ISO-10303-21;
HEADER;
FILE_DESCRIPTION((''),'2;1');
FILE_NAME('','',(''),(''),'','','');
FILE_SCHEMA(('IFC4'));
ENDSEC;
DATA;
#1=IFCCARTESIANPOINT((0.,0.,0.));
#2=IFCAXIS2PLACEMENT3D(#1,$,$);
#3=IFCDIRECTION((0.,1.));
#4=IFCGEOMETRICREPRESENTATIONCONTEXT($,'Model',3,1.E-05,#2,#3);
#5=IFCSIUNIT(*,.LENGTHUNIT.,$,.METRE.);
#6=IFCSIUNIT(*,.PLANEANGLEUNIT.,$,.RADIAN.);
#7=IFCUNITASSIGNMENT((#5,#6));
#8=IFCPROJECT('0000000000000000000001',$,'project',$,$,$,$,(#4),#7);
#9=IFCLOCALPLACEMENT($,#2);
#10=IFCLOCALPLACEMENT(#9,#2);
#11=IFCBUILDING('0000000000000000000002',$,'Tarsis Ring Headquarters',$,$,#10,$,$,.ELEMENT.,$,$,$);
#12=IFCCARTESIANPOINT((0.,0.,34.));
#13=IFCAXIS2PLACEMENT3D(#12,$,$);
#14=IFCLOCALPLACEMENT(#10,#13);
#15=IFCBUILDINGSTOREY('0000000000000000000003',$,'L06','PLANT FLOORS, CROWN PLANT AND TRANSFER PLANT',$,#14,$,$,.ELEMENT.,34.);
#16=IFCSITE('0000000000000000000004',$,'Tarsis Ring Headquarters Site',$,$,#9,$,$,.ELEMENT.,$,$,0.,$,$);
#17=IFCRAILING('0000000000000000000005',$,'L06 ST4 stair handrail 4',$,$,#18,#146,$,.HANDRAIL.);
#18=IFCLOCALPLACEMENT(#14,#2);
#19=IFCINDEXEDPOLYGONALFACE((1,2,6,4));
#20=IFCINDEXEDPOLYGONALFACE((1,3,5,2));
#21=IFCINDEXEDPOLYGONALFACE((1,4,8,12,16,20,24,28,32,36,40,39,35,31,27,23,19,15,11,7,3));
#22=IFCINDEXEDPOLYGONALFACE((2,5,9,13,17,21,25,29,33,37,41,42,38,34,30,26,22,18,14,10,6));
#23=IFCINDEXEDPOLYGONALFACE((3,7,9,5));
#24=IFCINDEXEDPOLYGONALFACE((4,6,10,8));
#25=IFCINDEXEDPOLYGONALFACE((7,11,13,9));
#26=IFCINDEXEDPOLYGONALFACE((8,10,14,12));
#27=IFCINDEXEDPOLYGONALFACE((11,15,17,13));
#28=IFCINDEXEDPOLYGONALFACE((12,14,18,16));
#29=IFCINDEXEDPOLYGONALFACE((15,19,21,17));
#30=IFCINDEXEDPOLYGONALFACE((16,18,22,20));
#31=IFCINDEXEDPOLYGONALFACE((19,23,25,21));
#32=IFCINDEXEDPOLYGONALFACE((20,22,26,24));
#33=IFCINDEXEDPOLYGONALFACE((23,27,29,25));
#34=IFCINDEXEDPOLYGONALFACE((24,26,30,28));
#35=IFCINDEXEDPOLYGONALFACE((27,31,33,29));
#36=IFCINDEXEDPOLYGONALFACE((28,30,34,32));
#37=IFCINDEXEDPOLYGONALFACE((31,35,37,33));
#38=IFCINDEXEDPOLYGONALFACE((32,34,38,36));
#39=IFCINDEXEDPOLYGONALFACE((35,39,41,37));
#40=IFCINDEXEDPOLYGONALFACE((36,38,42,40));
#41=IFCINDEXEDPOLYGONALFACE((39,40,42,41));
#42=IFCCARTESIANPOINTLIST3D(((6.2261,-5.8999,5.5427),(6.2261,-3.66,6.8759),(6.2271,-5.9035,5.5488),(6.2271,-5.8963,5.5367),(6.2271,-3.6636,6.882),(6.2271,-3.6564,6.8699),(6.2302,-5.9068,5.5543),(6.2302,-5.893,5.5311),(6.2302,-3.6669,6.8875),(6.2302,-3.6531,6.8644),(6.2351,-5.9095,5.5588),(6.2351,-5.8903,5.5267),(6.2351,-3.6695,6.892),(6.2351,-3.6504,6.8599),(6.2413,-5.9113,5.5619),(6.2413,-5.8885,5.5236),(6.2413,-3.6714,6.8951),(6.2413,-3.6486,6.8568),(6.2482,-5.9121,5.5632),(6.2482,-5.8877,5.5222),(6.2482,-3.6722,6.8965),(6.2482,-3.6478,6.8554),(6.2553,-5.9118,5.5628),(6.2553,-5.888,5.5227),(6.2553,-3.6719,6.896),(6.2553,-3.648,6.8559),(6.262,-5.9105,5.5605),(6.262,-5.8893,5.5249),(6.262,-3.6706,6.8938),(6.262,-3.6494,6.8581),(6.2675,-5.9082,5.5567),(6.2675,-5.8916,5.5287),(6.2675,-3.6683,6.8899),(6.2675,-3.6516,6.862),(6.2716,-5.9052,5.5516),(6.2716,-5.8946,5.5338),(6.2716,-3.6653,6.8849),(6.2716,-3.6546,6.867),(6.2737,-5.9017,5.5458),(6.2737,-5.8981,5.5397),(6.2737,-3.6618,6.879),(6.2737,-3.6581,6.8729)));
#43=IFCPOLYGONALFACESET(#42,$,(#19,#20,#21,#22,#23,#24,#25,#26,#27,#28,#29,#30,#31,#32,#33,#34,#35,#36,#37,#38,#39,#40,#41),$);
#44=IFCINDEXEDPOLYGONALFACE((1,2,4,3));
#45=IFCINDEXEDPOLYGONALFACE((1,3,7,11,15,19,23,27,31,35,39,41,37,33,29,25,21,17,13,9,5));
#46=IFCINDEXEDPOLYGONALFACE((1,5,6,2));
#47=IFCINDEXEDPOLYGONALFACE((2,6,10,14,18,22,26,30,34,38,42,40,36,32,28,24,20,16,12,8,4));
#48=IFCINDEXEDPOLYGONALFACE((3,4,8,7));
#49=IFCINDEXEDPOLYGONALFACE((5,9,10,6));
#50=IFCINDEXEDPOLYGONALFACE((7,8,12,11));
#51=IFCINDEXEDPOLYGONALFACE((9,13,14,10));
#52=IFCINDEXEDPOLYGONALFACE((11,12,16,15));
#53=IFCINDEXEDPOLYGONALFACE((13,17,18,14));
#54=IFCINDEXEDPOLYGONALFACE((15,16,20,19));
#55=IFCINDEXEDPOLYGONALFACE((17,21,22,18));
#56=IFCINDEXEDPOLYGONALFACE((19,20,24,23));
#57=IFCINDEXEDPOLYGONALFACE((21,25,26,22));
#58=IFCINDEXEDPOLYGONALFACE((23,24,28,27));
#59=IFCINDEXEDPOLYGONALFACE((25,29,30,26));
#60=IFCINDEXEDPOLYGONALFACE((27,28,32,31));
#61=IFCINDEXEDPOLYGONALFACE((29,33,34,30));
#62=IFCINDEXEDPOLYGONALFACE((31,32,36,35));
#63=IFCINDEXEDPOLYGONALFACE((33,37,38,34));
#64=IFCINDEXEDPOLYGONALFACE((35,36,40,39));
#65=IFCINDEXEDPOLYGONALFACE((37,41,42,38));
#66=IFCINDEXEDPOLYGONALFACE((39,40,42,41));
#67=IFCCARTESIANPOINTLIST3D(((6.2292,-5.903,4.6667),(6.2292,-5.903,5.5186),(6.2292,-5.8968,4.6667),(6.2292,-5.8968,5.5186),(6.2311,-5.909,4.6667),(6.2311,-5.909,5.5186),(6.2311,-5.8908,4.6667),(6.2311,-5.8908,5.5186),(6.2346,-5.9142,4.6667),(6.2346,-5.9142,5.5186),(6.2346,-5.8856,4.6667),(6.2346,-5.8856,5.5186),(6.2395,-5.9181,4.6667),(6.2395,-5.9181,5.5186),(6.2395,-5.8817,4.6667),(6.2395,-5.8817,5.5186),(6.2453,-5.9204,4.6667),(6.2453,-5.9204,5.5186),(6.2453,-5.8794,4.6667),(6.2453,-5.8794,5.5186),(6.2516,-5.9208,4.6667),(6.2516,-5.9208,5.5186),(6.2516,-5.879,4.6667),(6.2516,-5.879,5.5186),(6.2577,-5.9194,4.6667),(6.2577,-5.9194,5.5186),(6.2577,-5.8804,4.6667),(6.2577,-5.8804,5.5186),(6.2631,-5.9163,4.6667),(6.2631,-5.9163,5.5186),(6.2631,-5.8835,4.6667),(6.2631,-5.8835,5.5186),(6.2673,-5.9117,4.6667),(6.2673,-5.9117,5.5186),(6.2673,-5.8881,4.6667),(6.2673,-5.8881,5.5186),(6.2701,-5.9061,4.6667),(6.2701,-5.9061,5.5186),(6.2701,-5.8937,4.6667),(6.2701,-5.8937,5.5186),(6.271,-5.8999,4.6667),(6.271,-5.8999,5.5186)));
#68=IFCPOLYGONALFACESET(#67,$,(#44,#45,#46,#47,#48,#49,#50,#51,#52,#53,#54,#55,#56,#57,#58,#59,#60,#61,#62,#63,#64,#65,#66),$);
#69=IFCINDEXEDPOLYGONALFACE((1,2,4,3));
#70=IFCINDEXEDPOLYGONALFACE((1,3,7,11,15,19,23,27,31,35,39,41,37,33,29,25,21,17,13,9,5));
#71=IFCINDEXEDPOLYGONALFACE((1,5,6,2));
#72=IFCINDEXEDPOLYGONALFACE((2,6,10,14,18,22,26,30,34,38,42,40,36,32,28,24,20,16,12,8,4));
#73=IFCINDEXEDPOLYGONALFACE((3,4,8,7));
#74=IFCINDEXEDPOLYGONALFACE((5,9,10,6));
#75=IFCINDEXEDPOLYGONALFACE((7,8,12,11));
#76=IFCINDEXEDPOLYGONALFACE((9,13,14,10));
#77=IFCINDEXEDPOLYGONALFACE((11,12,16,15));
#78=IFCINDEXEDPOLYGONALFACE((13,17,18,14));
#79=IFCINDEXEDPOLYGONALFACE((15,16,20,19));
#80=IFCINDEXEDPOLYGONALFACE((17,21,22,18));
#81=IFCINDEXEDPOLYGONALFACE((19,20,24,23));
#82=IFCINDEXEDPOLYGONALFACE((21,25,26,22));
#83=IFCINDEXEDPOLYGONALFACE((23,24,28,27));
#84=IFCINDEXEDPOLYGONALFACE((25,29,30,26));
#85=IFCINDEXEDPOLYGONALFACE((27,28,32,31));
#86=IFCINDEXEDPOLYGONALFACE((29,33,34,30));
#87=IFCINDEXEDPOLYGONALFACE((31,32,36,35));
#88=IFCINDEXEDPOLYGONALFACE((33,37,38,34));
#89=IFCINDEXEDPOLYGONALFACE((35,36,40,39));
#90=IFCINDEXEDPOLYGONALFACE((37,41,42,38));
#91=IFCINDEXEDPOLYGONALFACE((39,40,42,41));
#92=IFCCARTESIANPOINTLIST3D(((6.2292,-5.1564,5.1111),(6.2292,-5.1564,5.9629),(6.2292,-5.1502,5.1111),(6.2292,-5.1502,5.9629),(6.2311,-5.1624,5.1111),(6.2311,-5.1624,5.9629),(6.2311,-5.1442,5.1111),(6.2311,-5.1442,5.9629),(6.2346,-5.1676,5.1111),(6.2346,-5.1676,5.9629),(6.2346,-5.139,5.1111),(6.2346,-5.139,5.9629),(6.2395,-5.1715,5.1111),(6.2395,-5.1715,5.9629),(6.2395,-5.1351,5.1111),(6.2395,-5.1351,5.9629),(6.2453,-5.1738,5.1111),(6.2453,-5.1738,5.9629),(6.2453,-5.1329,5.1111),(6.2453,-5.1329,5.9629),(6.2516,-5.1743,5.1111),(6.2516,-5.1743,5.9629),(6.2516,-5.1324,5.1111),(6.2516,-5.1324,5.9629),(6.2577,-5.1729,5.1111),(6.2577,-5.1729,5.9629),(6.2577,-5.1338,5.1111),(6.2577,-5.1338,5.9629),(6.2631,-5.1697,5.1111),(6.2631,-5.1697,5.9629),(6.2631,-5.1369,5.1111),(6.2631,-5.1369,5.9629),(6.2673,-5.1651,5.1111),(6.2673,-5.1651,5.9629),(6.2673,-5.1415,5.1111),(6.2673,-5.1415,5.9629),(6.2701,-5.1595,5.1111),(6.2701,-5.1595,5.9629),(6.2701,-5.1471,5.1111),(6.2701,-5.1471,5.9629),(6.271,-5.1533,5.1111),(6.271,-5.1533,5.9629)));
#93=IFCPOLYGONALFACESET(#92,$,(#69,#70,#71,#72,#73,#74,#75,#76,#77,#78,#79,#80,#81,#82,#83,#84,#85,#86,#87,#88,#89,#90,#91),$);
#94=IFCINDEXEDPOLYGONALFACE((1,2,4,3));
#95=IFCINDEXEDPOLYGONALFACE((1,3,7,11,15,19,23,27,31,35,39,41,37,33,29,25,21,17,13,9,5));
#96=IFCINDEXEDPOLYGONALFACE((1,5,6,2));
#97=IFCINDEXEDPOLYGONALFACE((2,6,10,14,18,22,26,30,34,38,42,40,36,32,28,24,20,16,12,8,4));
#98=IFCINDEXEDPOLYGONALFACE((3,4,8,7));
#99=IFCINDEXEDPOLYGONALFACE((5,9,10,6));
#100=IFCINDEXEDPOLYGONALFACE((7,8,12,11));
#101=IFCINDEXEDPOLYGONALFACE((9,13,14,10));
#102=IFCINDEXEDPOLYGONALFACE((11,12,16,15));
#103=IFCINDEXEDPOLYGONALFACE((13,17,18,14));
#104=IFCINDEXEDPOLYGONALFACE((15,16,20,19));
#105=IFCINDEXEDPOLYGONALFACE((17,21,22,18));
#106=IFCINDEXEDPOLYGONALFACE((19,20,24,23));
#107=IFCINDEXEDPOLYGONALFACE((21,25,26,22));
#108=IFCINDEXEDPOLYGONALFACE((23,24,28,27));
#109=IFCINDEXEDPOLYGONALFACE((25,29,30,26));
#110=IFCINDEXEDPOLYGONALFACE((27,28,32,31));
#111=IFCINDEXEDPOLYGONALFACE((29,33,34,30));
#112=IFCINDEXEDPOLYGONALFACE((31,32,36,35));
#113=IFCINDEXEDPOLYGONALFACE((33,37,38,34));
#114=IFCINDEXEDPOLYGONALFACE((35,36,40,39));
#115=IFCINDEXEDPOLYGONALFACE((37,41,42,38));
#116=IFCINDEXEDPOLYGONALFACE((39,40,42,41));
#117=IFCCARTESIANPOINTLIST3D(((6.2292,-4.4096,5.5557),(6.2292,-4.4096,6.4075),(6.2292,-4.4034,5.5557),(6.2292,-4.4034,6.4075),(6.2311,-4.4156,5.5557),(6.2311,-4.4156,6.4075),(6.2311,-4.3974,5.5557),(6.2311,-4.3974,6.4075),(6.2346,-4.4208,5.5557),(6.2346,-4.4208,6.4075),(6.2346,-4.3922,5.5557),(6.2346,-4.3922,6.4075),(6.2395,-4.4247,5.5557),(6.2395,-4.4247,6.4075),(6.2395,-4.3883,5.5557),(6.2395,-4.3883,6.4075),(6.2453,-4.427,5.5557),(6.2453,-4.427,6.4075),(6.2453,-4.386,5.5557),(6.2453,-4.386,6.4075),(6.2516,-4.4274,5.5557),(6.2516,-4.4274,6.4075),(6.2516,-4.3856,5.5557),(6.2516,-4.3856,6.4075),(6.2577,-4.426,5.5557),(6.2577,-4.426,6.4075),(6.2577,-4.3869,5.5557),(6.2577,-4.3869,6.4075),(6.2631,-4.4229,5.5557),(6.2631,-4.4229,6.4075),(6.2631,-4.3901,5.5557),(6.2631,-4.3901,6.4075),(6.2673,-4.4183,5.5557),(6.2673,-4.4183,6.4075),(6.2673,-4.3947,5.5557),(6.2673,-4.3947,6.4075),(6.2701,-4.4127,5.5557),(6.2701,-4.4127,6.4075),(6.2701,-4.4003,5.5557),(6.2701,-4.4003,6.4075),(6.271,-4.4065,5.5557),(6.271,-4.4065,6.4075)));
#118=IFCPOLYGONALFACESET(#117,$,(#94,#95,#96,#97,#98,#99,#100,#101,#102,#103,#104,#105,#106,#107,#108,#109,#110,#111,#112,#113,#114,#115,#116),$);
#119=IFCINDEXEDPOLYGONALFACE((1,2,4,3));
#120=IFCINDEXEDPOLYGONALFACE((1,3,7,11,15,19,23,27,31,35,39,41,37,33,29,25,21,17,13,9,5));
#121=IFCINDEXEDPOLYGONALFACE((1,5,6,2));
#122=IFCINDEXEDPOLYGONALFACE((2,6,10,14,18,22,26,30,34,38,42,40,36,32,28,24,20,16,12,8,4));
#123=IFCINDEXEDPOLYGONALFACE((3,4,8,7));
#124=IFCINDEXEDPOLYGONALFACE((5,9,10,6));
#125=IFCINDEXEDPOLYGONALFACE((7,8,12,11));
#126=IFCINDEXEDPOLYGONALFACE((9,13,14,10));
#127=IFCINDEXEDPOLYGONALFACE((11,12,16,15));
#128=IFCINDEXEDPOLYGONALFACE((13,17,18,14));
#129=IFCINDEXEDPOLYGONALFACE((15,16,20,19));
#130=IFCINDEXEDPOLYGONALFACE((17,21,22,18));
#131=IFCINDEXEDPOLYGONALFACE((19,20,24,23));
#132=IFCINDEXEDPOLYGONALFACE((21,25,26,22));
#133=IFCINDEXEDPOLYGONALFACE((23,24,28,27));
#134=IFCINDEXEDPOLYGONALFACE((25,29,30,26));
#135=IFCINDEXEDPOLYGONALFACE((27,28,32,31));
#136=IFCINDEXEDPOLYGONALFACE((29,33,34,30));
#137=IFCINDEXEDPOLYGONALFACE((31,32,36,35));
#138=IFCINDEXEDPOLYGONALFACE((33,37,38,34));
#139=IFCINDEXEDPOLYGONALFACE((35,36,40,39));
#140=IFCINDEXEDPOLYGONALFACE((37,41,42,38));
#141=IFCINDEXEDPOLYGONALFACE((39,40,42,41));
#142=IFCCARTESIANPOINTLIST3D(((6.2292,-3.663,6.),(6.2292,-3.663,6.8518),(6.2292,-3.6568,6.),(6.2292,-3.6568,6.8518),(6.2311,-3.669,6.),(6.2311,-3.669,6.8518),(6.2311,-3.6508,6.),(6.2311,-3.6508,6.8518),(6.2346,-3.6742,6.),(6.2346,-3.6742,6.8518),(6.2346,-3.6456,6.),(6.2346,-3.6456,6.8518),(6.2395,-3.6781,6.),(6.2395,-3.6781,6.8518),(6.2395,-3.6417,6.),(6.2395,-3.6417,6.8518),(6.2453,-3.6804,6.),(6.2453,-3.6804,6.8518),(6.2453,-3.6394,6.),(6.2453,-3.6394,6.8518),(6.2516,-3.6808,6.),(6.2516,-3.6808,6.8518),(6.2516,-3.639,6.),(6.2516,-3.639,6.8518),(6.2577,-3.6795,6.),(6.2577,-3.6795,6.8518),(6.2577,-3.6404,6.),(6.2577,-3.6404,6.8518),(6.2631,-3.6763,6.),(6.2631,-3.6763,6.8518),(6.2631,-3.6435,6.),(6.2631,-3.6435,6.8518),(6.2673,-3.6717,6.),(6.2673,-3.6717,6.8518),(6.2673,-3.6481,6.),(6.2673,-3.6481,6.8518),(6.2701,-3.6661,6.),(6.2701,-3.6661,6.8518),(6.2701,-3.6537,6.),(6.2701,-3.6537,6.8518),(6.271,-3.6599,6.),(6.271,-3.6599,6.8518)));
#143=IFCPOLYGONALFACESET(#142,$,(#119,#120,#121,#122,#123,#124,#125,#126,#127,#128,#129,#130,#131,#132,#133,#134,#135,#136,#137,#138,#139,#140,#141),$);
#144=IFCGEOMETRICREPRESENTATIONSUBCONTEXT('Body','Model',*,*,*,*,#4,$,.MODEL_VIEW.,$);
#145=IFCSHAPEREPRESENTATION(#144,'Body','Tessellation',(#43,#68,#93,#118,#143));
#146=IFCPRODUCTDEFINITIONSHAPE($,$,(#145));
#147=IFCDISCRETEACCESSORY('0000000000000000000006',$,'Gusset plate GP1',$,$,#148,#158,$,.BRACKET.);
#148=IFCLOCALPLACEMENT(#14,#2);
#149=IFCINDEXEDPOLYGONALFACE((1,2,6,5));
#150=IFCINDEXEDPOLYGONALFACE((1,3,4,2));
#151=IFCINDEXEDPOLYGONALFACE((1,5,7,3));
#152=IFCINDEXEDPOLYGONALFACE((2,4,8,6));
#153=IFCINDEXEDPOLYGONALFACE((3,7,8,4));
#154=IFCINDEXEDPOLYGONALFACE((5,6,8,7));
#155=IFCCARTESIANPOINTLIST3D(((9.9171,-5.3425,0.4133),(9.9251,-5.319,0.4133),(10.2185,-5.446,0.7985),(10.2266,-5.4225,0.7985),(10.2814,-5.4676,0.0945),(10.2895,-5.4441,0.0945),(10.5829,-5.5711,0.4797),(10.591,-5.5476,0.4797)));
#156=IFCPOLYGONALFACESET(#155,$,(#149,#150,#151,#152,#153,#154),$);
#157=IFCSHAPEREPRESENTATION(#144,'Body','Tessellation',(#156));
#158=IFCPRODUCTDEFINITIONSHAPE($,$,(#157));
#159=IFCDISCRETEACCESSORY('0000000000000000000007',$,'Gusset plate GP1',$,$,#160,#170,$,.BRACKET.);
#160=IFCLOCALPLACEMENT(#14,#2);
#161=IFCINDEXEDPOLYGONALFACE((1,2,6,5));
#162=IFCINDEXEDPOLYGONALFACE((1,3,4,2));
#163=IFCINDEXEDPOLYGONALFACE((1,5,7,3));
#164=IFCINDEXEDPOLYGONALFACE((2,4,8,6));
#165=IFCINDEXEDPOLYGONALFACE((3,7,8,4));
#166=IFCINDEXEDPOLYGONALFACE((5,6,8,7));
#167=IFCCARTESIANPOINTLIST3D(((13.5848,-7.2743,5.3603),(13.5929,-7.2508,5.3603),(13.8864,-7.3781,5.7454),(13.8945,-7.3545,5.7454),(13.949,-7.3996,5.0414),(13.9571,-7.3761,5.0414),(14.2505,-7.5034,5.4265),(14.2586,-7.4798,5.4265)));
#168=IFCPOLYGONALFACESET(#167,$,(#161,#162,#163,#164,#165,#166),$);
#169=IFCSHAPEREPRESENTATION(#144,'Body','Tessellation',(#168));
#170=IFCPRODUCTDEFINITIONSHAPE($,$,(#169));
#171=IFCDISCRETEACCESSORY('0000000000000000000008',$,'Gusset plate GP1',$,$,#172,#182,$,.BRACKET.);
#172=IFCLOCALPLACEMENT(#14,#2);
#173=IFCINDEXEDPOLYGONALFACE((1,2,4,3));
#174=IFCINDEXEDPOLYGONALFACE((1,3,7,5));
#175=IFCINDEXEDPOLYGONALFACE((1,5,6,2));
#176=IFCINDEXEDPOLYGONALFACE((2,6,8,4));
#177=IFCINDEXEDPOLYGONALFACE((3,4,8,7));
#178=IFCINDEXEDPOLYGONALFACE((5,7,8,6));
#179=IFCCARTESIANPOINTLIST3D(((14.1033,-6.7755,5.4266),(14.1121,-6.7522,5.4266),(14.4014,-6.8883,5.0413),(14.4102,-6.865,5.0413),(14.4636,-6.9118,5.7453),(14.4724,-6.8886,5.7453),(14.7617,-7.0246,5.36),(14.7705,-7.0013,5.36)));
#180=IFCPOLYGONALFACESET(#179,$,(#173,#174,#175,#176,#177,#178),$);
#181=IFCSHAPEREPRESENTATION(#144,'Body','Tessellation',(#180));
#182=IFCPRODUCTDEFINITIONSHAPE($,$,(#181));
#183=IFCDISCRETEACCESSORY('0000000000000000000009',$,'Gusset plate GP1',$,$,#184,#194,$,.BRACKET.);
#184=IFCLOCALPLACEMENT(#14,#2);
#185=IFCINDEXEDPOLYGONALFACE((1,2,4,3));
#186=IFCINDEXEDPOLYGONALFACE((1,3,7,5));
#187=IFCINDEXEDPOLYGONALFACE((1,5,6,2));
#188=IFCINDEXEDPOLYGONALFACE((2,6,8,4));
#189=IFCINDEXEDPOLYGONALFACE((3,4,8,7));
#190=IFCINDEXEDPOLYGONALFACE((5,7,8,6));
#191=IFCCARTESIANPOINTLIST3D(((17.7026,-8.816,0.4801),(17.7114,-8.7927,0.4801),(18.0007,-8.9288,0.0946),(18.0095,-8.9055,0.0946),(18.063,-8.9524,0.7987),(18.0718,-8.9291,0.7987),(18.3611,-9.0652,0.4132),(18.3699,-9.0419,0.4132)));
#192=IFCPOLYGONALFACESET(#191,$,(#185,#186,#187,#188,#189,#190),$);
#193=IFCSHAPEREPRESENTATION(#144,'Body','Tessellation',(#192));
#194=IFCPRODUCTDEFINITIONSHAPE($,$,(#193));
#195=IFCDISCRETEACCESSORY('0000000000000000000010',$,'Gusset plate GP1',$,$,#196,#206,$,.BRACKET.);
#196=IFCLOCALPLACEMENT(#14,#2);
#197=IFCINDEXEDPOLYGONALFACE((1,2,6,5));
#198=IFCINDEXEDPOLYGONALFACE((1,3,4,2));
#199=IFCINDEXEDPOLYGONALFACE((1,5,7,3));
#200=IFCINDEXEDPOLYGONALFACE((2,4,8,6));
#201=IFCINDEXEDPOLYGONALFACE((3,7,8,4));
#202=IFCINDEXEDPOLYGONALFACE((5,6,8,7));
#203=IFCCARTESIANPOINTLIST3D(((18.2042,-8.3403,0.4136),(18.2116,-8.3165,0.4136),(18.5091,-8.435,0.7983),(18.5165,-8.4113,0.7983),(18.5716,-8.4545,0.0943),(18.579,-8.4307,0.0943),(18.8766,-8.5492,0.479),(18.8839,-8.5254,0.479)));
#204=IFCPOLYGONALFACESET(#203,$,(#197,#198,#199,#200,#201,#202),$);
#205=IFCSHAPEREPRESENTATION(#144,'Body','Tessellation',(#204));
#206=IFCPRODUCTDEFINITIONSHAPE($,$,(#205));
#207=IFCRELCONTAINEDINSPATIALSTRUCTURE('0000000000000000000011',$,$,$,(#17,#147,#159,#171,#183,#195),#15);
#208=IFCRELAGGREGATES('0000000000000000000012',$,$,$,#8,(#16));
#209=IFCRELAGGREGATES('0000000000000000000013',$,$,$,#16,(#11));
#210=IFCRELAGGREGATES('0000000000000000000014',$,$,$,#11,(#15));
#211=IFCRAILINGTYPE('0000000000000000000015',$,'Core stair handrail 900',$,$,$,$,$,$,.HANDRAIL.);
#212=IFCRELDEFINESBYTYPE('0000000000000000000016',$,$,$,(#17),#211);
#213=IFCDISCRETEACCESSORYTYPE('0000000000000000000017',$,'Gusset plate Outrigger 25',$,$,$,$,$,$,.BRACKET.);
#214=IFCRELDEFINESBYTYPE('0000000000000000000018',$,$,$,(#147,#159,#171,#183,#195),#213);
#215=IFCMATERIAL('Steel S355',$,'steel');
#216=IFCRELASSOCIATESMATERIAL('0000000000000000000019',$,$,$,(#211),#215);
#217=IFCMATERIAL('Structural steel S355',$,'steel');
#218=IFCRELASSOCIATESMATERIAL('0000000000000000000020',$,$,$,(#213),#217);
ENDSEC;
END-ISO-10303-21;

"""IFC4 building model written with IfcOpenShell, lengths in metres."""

from ifc_helpers import new_model, si_unit, direction, frame, origin, origin_2d, place, context, subcontext, project, spatial, rectangle, circle, extrude, material, material_profile, profile_set, type_object, element, save


model = new_model("IFC4")

# Units and contexts
model_context = context("Model", 3, precision=1e-05, world=origin(), true_north=direction((0.0, 1.0)))
body_context = subcontext(model_context, "Body", "Model", "MODEL_VIEW")
ifc_project = project(units=[si_unit("LENGTHUNIT", "METRE"), si_unit("PLANEANGLEUNIT", "RADIAN")], contexts=[model_context])

# Site, building, storey
site_placement = place(None, origin())
site = spatial("IfcSite", under=ifc_project, at=site_placement, Name="Tarsis Ring Headquarters Site", CompositionType="ELEMENT", RefElevation=0.0)
building_placement = place(site_placement, origin())
building = spatial("IfcBuilding", under=site, at=building_placement, Name="Tarsis Ring Headquarters", CompositionType="ELEMENT")
storey_placement = place(building_placement, frame((0.0, 0.0, 34.0)))
storey = spatial("IfcBuildingStorey", under=building, at=storey_placement, Name="L06", Description="PLANT FLOORS, CROWN PLANT AND TRANSFER PLANT", CompositionType="ELEMENT", Elevation=34.0)

# Shared definitions
ifc_material_1 = material(Name="Structural steel S355", Category="steel")

# Railing
ifc_material_2 = material(Name="Steel S355", Category="steel")
railing_type_1 = type_object("IfcRailingType", Name="Core stair handrail 900", PredefinedType="HANDRAIL", material=ifc_material_2)
for number, where, name in (
    (1, (6.25, -5.8999, 4.6667), "L06 ST4 stair handrail 4"),
):
    element("IfcRailing", number, at=place(storey_placement, frame(where)), inside=storey, type_object=railing_type_1, Name=name, PredefinedType="HANDRAIL", context=body_context, shape_type="SweptSolid", body=[
        extrude(circle(Radius=0.0239, at=origin_2d()), frame((0.0, 0.0, 0.876), z_axis=(0.0, 0.859306, 0.511462), x_axis=(-1.0, 0.0, 0.0)), (0.0, 0.0, 1.0), 2.6067),
        extrude(circle(Radius=0.021, at=origin_2d()), origin(), (0.0, 0.0, 1.0), 0.8518),
        extrude(circle(Radius=0.021, at=origin_2d()), frame((0.0, 0.7466, 0.4443)), (0.0, 0.0, 1.0), 0.8518),
        extrude(circle(Radius=0.021, at=origin_2d()), frame((0.0, 1.4934, 0.8889)), (0.0, 0.0, 1.0), 0.8518),
        extrude(circle(Radius=0.021, at=origin_2d()), frame((0.0, 2.24, 1.3333)), (0.0, 0.0, 1.0), 0.8518),
    ])

# Discrete accessories
ifc_material_profile_1 = material_profile(ifc_material_1, rectangle(XDim=0.0249, YDim=0.5, at=origin_2d()), Name="PL 25x500")
ifc_profile_set_1 = profile_set([ifc_material_profile_1], Name="Structural steel S355")
discrete_accessory_type_1 = type_object("IfcDiscreteAccessoryType", Name="Gusset plate Outrigger 25", PredefinedType="BRACKET", material=ifc_profile_set_1)
for number, where, z_axis, x_axis, name in (
    (2, (10.1033, -5.3933, 0.2539), (0.602971, -0.207012, 0.770436), (0.324716, 0.945812, 0.0), "Gusset plate GP1"),
    (3, (14.0725, -7.429, 5.5859), (-0.603137, 0.207557, -0.77016), (-0.325401, -0.945576, 0.0), "Gusset plate GP1"),
    (4, (14.2878, -6.832, 5.5859), (0.596187, -0.225584, -0.770502), (0.353892, 0.935286, 0.0), "Gusset plate GP1"),
):
    element("IfcDiscreteAccessory", number, at=place(storey_placement, frame(where, z_axis=z_axis, x_axis=x_axis)), inside=storey, type_object=discrete_accessory_type_1, Name=name, PredefinedType="BRACKET", context=body_context, shape_type="SweptSolid", body=[
        extrude(rectangle(XDim=0.0249, YDim=0.5, at=origin_2d()), origin(), (0.0, 0.0, 1.0), 0.5),
    ])
discrete_accessory_1_placement = place(storey_placement, frame((18.1853, -8.9854, 0.2539), z_axis=(-0.595963, 0.225499, 0.7707), x_axis=(-0.353892, -0.935286, 0.0)))
element("IfcDiscreteAccessory", 5, at=discrete_accessory_1_placement, inside=storey, type_object=discrete_accessory_type_1, Name="Gusset plate GP1", PredefinedType="BRACKET", context=body_context, shape_type="SweptSolid", body=[
    extrude(rectangle(XDim=0.0249, YDim=0.5, at=origin_2d()), origin(), (0.0, 0.0, 1.0), 0.5002),
])
discrete_accessory_2_placement = place(storey_placement, frame((18.3916, -8.3855, 0.2539), z_axis=(0.609862, -0.189453, 0.76953), x_axis=(0.296664, 0.954982, 0.0)))
element("IfcDiscreteAccessory", 6, at=discrete_accessory_2_placement, inside=storey, type_object=discrete_accessory_type_1, Name="Gusset plate GP1", PredefinedType="BRACKET", context=body_context, shape_type="SweptSolid", body=[
    extrude(rectangle(XDim=0.0249, YDim=0.5, at=origin_2d()), origin(), (0.0, 0.0, 1.0), 0.5),
])

save(model, "model.ifc")
